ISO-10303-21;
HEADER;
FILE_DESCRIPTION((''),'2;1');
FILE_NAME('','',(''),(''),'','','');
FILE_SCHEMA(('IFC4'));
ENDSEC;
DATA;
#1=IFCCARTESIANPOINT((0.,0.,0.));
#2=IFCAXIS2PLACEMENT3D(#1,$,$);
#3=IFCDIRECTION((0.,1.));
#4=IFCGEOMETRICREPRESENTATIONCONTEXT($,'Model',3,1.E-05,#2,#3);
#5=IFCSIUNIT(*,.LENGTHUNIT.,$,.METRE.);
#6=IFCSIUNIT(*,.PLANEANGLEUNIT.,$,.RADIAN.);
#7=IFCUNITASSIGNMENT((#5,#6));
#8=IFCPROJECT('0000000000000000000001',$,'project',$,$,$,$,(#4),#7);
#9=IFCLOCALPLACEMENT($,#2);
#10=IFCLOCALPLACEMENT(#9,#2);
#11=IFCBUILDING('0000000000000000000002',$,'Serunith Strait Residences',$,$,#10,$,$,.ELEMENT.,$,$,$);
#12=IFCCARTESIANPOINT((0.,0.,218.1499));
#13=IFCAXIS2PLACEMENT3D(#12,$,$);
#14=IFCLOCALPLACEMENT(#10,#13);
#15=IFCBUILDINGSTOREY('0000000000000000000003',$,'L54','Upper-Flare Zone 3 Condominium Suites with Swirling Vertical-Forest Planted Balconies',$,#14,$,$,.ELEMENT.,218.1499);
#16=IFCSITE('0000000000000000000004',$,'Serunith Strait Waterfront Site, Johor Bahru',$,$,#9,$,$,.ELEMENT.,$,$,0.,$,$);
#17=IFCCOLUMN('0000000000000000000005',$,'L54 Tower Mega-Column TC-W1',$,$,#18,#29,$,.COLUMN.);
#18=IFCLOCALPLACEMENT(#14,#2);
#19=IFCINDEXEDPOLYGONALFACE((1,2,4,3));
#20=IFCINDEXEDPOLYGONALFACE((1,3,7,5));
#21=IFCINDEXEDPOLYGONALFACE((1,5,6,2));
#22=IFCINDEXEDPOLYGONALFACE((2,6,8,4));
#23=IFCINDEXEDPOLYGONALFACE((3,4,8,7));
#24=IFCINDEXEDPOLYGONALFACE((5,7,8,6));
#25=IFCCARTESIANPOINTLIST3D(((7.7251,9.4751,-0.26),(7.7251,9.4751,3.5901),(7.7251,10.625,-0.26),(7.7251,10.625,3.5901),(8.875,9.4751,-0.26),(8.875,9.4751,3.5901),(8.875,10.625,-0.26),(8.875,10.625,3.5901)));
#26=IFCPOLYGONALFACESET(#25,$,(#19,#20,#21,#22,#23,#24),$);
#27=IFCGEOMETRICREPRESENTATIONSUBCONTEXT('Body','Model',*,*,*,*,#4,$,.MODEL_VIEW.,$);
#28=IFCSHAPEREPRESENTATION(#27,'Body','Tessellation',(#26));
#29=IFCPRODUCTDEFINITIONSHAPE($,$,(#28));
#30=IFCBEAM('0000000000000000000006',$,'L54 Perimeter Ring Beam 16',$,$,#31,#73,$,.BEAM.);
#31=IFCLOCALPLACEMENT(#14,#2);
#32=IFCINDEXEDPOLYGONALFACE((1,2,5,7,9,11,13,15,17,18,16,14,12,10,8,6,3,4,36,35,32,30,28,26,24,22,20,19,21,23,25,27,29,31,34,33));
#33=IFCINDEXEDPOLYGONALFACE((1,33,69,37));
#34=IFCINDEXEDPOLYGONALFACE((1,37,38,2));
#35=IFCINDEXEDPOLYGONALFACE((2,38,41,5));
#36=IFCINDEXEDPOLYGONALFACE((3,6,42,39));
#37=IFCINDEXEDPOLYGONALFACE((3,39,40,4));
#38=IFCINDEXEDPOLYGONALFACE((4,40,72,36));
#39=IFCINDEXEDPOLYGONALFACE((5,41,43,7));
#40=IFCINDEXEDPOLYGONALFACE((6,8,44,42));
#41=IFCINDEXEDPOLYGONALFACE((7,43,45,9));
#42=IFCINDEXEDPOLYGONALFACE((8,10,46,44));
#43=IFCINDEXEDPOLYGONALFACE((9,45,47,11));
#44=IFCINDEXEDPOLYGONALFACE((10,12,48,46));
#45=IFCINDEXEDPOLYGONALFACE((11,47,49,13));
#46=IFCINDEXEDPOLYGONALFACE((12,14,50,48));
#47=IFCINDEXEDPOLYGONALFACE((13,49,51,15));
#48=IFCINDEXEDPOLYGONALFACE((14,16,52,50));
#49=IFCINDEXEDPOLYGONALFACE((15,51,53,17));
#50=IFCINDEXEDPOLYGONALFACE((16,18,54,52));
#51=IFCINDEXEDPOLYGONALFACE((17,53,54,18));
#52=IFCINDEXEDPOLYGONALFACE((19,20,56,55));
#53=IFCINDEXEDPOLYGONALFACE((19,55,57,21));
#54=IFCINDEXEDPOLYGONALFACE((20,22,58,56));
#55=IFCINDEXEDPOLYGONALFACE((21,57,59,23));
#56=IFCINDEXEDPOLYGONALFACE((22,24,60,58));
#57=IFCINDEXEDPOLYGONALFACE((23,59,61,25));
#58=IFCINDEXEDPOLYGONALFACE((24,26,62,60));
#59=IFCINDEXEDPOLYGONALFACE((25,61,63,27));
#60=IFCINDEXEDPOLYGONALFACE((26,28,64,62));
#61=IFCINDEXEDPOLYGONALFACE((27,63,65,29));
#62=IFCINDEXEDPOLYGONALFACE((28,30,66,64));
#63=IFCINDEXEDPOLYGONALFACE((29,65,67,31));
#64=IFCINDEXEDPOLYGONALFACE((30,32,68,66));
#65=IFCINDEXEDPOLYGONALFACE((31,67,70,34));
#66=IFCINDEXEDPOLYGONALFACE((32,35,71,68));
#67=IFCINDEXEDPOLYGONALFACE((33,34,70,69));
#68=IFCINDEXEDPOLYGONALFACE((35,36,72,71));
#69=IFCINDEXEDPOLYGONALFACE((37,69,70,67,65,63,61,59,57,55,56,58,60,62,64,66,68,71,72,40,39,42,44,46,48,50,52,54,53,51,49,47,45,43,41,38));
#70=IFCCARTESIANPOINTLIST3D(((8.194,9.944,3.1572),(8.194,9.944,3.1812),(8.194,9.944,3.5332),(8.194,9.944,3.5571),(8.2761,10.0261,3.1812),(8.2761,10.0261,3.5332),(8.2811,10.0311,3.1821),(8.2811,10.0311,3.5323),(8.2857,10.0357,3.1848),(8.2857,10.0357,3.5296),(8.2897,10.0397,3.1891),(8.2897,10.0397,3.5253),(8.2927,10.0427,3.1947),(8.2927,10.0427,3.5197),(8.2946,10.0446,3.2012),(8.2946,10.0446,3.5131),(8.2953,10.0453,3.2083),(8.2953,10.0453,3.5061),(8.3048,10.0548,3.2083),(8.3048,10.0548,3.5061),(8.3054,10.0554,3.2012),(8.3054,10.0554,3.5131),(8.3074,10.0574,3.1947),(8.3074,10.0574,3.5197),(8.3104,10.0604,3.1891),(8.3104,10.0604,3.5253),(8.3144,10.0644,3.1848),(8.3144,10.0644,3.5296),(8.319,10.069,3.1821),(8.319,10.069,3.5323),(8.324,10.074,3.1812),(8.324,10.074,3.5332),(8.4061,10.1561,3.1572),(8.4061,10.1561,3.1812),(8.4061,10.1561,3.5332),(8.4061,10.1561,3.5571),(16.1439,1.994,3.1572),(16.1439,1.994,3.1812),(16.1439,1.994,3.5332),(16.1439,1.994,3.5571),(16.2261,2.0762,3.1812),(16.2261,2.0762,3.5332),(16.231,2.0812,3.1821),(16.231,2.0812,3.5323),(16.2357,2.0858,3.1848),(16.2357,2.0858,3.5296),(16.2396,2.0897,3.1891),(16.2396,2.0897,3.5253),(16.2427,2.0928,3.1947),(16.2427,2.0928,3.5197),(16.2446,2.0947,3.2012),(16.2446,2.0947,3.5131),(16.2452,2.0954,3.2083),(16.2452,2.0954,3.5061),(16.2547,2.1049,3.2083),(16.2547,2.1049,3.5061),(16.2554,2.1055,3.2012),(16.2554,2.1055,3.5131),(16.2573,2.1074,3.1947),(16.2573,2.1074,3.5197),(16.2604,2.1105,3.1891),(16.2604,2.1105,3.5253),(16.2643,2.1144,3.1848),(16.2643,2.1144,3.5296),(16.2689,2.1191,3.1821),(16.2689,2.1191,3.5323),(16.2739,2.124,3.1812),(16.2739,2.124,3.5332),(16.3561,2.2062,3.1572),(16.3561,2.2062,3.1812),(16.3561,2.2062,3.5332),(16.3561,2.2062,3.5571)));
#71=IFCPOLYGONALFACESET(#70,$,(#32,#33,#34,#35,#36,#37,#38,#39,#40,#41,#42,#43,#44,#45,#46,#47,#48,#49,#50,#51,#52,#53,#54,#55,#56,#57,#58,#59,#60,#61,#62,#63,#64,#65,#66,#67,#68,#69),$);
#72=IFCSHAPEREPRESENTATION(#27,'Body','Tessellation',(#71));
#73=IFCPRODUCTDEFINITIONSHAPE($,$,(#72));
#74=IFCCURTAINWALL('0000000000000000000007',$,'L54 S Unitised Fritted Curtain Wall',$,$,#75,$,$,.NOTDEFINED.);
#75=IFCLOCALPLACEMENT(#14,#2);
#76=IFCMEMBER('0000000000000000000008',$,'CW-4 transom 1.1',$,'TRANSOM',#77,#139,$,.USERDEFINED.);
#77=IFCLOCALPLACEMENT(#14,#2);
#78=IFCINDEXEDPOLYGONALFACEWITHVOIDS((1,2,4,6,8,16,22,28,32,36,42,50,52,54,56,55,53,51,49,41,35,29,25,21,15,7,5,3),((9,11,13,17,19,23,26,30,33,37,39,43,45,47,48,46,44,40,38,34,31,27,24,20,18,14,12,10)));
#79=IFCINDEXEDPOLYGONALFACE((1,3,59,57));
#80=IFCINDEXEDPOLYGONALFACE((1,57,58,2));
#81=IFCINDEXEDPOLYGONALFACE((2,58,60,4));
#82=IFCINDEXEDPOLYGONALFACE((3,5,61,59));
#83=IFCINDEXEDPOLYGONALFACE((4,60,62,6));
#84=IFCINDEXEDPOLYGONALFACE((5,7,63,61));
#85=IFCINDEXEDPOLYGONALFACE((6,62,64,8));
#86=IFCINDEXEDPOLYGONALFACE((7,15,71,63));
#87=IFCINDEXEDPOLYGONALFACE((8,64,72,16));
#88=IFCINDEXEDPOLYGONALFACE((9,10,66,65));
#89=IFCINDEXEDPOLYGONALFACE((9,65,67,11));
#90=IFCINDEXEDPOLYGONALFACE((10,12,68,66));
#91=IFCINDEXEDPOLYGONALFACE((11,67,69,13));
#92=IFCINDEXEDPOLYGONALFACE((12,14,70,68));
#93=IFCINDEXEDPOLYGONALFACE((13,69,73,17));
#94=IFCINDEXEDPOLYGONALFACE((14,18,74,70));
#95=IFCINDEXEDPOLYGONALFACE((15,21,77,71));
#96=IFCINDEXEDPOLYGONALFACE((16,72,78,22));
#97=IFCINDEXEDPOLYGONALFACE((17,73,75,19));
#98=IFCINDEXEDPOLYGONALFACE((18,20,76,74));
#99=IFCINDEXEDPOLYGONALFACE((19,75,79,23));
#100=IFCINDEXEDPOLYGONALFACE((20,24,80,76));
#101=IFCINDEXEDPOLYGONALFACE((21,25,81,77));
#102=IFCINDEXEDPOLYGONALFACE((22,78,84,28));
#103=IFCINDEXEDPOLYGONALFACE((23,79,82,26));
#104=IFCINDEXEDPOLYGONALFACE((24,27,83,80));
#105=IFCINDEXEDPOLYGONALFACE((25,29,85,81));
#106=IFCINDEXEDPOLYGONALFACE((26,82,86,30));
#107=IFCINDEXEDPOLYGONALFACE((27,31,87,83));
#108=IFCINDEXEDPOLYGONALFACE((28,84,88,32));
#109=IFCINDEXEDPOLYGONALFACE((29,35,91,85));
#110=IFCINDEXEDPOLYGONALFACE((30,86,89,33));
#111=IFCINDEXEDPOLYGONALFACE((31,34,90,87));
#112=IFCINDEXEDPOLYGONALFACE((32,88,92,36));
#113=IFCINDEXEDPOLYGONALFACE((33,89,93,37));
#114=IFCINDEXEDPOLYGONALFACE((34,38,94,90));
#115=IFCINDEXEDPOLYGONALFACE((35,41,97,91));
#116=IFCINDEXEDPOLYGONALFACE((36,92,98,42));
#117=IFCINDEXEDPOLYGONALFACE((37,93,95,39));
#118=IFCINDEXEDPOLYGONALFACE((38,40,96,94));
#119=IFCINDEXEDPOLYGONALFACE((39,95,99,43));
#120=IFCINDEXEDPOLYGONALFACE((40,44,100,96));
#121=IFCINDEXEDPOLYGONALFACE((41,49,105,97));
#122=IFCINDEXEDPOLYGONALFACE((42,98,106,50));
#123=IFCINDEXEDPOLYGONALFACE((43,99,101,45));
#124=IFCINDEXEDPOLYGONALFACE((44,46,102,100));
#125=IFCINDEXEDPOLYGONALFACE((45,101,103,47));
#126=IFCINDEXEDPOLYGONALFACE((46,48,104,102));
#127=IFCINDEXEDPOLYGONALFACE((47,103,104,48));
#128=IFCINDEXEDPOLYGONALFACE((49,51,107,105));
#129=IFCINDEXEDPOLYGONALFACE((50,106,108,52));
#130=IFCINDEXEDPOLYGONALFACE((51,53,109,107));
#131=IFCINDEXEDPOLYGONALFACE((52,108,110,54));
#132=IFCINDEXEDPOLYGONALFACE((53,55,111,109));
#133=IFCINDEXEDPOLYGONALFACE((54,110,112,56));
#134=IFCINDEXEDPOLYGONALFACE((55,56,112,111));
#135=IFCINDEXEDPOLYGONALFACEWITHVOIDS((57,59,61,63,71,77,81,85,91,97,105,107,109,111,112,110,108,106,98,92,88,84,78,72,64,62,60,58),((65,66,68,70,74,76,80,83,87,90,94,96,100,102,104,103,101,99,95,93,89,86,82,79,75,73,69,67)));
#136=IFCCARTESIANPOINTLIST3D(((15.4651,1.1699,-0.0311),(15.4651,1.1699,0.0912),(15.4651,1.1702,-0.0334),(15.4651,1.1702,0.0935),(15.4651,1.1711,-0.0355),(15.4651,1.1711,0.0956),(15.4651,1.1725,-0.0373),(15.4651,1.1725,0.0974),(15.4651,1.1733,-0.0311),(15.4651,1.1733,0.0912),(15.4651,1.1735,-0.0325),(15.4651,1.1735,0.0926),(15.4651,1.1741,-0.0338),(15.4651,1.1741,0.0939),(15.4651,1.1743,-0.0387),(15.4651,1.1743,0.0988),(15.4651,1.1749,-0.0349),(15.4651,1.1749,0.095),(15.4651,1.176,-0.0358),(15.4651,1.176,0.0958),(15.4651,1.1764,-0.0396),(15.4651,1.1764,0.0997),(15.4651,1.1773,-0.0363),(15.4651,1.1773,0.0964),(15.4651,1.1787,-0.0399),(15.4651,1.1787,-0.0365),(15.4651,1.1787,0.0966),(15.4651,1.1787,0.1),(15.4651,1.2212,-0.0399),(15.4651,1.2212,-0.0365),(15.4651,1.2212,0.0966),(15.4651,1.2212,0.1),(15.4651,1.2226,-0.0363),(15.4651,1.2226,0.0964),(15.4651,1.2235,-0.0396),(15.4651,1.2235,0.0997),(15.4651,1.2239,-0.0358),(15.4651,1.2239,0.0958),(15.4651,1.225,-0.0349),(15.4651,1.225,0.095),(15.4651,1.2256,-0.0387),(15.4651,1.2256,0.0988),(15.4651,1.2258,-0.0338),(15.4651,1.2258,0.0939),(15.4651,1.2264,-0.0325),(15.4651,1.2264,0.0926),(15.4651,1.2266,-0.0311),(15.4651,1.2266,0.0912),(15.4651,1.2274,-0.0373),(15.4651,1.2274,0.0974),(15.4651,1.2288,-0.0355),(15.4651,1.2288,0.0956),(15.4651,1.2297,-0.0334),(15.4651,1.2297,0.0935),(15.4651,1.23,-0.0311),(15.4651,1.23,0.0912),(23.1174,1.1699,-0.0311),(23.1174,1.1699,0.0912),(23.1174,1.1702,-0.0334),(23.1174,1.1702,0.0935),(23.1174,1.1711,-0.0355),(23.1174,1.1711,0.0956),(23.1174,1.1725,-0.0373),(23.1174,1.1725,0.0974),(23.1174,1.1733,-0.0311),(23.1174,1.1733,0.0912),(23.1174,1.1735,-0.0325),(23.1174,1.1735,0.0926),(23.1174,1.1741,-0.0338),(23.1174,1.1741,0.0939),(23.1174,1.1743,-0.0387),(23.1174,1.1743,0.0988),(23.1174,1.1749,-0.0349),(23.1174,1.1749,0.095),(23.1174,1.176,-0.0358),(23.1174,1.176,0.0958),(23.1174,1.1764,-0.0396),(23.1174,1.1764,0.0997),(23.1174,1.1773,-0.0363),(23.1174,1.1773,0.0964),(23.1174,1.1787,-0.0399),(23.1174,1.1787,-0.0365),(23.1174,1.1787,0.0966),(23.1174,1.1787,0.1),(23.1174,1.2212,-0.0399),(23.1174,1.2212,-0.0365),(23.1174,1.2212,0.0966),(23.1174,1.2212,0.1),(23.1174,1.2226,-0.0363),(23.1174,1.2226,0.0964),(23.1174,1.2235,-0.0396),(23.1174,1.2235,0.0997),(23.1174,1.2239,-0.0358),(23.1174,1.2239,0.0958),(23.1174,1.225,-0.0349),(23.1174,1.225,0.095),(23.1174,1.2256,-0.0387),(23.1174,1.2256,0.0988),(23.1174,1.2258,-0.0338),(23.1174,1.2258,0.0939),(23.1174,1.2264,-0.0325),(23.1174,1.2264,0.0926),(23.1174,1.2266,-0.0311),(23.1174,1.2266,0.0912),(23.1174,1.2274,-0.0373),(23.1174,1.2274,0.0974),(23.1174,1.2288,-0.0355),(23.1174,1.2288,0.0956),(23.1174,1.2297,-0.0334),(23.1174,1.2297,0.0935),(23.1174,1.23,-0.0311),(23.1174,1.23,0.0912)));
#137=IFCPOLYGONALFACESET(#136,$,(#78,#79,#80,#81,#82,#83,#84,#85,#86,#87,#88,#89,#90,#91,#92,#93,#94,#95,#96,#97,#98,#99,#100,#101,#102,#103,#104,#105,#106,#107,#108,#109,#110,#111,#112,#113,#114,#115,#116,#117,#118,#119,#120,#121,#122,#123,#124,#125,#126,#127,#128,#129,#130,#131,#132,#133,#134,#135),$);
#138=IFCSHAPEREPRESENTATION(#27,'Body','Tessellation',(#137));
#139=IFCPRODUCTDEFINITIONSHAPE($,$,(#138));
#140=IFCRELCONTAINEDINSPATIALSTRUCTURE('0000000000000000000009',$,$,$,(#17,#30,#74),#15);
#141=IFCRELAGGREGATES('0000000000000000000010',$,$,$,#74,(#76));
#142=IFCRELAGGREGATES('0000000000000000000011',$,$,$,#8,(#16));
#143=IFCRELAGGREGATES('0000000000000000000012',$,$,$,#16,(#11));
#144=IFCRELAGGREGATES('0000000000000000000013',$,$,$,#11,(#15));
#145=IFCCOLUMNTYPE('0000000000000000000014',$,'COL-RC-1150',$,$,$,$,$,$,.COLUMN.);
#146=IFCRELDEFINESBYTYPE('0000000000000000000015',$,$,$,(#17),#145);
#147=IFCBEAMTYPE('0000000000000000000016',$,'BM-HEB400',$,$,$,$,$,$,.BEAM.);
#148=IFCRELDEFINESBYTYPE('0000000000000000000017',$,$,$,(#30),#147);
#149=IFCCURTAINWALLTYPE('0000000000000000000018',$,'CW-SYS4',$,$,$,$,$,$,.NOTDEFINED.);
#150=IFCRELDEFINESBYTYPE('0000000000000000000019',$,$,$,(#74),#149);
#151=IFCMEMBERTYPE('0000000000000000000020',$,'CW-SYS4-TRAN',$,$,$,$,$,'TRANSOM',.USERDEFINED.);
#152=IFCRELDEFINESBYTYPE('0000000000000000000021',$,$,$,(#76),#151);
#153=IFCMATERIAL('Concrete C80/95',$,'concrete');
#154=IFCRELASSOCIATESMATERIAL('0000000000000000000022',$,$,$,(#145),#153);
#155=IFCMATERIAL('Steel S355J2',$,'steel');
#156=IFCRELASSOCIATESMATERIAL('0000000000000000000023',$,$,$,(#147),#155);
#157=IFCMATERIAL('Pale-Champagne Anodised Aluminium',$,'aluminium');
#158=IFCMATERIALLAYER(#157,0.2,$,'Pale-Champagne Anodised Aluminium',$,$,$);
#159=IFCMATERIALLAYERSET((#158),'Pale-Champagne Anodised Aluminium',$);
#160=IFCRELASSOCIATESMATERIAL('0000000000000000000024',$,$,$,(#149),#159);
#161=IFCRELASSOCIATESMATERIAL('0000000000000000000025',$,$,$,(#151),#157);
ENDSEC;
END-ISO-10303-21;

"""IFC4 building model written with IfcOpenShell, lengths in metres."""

from ifc_helpers import new_model, si_unit, direction, frame, origin, origin_2d, place, context, subcontext, project, spatial, rectangle, hollow_rectangle, i_section, extrude, source, transform, mapped, material, layer, layer_set, material_profile, profile_set, type_object, element, aggregate, save


model = new_model("IFC4")

# Units and contexts
model_context = context("Model", 3, precision=1e-05, world=origin(), true_north=direction((0.0, 1.0)))
body_context = subcontext(model_context, "Body", "Model", "MODEL_VIEW")
ifc_project = project(units=[si_unit("LENGTHUNIT", "METRE"), si_unit("PLANEANGLEUNIT", "RADIAN")], contexts=[model_context])

# Site, building, storey
site_placement = place(None, origin())
site = spatial("IfcSite", under=ifc_project, at=site_placement, Name="Serunith Strait Waterfront Site, Johor Bahru", CompositionType="ELEMENT", RefElevation=0.0)
building_placement = place(site_placement, origin())
building = spatial("IfcBuilding", under=site, at=building_placement, Name="Serunith Strait Residences", CompositionType="ELEMENT")
storey_placement = place(building_placement, frame((0.0, 0.0, 218.1499)))
storey = spatial("IfcBuildingStorey", under=building, at=storey_placement, Name="L54", Description="Upper-Flare Zone 3 Condominium Suites with Swirling Vertical-Forest Planted Balconies", CompositionType="ELEMENT", Elevation=218.1499)

# Column
ifc_material_1 = material(Name="Concrete C80/95", Category="concrete")
ifc_material_profile_1 = material_profile(ifc_material_1, rectangle(XDim=1.1499, YDim=1.1499, at=origin_2d()), Name="RC 1150x1150")
ifc_profile_set_1 = profile_set([ifc_material_profile_1], Name="Concrete C80/95")
column_type = type_object("IfcColumnType", Name="COL-RC-1150", PredefinedType="COLUMN", material=ifc_profile_set_1)
shared_shape_1 = source(origin(), body_context, "Body", "SweptSolid", [
    extrude(rectangle(XDim=1.1499, YDim=1.1499, at=origin_2d()), origin(), (0.0, 0.0, 1.0), 3.8501),
])
column_placement = place(storey_placement, frame((8.3, 10.05, -0.26), z_axis=(0.0, 0.0, 1.0), x_axis=(1.0, 0.0, 0.0)))
element("IfcColumn", 1, at=column_placement, inside=storey, type_object=column_type, Name="L54 Tower Mega-Column TC-W1", PredefinedType="COLUMN", context=body_context, shape_type="MappedRepresentation", body=[
    mapped(shared_shape_1, transform((0.0, 0.0, 0.0), scale=1.0)),
])

# Beam
ifc_material_2 = material(Name="Steel S355J2", Category="steel")
ifc_material_profile_2 = material_profile(ifc_material_2, i_section(OverallWidth=0.3, OverallDepth=0.3999, WebThickness=0.0134, FlangeThickness=0.0239, FilletRadius=0.0271, at=origin_2d()), Name="HEB 400")
ifc_profile_set_2 = profile_set([ifc_material_profile_2], Name="Steel S355J2")
beam_type = type_object("IfcBeamType", Name="BM-HEB400", PredefinedType="BEAM", material=ifc_profile_set_2)
shared_shape_2 = source(origin(), body_context, "Body", "SweptSolid", [
    extrude(i_section(OverallWidth=0.3, OverallDepth=0.3999, WebThickness=0.0134, FlangeThickness=0.0239, FilletRadius=0.0271, at=origin_2d()), origin(), (0.0, 0.0, 1.0), 11.2429),
])
beam_placement = place(storey_placement, frame((8.3, 10.05, 3.3572), z_axis=(0.707107, -0.707107, 0.0), x_axis=(0.707107, 0.707107, 0.0)))
element("IfcBeam", 2, at=beam_placement, inside=storey, type_object=beam_type, Name="L54 Perimeter Ring Beam 16", PredefinedType="BEAM", context=body_context, shape_type="MappedRepresentation", body=[
    mapped(shared_shape_2, transform((0.0, 0.0, 0.0), scale=1.0)),
])

# Curtain wall, member
ifc_material_3 = material(Name="Pale-Champagne Anodised Aluminium", Category="aluminium")
ifc_layer_1 = layer(ifc_material_3, 0.2, Name="Pale-Champagne Anodised Aluminium")
ifc_layer_set_1 = layer_set([ifc_layer_1], Name="Pale-Champagne Anodised Aluminium")
curtain_wall_type = type_object("IfcCurtainWallType", Name="CW-SYS4", PredefinedType="NOTDEFINED", material=ifc_layer_set_1)
curtain_wall_1_placement = place(storey_placement, origin())
curtain_wall_1 = element("IfcCurtainWall", 3, at=curtain_wall_1_placement, inside=storey, type_object=curtain_wall_type, Name="L54 S Unitised Fritted Curtain Wall", PredefinedType="NOTDEFINED")
ifc_material_profile_3 = material_profile(ifc_material_3, hollow_rectangle(XDim=0.0601, YDim=0.1399, WallThickness=0.0034, InnerFilletRadius=0.0054, OuterFilletRadius=0.0088, at=origin_2d()), Name="ALU 140x60x3.5")
ifc_profile_set_3 = profile_set([ifc_material_profile_3], Name="Pale-Champagne Anodised Aluminium")
member_type_1 = type_object("IfcMemberType", Name="CW-SYS4-TRAN", ElementType="TRANSOM", PredefinedType="USERDEFINED", material=ifc_profile_set_3)
shared_shape_3 = source(origin(), body_context, "Body", "SweptSolid", [
    extrude(hollow_rectangle(XDim=0.0601, YDim=0.1399, WallThickness=0.0034, InnerFilletRadius=0.0054, OuterFilletRadius=0.0088, at=origin_2d()), origin(), (0.0, 0.0, 1.0), 7.6523),
])
member_1_placement = place(storey_placement, frame((15.4651, 1.2, 0.03), z_axis=(1.0, 0.0, 0.0), x_axis=(0.0, 1.0, 0.0)))
member_1 = element("IfcMember", 4, at=member_1_placement, type_object=member_type_1, Name="CW-4 transom 1.1", ObjectType="TRANSOM", PredefinedType="USERDEFINED", context=body_context, shape_type="MappedRepresentation", body=[
    mapped(shared_shape_3, transform((0.0, 0.0, 0.0), scale=1.0)),
])
aggregate(curtain_wall_1, [member_1])

save(model, "model.ifc")
